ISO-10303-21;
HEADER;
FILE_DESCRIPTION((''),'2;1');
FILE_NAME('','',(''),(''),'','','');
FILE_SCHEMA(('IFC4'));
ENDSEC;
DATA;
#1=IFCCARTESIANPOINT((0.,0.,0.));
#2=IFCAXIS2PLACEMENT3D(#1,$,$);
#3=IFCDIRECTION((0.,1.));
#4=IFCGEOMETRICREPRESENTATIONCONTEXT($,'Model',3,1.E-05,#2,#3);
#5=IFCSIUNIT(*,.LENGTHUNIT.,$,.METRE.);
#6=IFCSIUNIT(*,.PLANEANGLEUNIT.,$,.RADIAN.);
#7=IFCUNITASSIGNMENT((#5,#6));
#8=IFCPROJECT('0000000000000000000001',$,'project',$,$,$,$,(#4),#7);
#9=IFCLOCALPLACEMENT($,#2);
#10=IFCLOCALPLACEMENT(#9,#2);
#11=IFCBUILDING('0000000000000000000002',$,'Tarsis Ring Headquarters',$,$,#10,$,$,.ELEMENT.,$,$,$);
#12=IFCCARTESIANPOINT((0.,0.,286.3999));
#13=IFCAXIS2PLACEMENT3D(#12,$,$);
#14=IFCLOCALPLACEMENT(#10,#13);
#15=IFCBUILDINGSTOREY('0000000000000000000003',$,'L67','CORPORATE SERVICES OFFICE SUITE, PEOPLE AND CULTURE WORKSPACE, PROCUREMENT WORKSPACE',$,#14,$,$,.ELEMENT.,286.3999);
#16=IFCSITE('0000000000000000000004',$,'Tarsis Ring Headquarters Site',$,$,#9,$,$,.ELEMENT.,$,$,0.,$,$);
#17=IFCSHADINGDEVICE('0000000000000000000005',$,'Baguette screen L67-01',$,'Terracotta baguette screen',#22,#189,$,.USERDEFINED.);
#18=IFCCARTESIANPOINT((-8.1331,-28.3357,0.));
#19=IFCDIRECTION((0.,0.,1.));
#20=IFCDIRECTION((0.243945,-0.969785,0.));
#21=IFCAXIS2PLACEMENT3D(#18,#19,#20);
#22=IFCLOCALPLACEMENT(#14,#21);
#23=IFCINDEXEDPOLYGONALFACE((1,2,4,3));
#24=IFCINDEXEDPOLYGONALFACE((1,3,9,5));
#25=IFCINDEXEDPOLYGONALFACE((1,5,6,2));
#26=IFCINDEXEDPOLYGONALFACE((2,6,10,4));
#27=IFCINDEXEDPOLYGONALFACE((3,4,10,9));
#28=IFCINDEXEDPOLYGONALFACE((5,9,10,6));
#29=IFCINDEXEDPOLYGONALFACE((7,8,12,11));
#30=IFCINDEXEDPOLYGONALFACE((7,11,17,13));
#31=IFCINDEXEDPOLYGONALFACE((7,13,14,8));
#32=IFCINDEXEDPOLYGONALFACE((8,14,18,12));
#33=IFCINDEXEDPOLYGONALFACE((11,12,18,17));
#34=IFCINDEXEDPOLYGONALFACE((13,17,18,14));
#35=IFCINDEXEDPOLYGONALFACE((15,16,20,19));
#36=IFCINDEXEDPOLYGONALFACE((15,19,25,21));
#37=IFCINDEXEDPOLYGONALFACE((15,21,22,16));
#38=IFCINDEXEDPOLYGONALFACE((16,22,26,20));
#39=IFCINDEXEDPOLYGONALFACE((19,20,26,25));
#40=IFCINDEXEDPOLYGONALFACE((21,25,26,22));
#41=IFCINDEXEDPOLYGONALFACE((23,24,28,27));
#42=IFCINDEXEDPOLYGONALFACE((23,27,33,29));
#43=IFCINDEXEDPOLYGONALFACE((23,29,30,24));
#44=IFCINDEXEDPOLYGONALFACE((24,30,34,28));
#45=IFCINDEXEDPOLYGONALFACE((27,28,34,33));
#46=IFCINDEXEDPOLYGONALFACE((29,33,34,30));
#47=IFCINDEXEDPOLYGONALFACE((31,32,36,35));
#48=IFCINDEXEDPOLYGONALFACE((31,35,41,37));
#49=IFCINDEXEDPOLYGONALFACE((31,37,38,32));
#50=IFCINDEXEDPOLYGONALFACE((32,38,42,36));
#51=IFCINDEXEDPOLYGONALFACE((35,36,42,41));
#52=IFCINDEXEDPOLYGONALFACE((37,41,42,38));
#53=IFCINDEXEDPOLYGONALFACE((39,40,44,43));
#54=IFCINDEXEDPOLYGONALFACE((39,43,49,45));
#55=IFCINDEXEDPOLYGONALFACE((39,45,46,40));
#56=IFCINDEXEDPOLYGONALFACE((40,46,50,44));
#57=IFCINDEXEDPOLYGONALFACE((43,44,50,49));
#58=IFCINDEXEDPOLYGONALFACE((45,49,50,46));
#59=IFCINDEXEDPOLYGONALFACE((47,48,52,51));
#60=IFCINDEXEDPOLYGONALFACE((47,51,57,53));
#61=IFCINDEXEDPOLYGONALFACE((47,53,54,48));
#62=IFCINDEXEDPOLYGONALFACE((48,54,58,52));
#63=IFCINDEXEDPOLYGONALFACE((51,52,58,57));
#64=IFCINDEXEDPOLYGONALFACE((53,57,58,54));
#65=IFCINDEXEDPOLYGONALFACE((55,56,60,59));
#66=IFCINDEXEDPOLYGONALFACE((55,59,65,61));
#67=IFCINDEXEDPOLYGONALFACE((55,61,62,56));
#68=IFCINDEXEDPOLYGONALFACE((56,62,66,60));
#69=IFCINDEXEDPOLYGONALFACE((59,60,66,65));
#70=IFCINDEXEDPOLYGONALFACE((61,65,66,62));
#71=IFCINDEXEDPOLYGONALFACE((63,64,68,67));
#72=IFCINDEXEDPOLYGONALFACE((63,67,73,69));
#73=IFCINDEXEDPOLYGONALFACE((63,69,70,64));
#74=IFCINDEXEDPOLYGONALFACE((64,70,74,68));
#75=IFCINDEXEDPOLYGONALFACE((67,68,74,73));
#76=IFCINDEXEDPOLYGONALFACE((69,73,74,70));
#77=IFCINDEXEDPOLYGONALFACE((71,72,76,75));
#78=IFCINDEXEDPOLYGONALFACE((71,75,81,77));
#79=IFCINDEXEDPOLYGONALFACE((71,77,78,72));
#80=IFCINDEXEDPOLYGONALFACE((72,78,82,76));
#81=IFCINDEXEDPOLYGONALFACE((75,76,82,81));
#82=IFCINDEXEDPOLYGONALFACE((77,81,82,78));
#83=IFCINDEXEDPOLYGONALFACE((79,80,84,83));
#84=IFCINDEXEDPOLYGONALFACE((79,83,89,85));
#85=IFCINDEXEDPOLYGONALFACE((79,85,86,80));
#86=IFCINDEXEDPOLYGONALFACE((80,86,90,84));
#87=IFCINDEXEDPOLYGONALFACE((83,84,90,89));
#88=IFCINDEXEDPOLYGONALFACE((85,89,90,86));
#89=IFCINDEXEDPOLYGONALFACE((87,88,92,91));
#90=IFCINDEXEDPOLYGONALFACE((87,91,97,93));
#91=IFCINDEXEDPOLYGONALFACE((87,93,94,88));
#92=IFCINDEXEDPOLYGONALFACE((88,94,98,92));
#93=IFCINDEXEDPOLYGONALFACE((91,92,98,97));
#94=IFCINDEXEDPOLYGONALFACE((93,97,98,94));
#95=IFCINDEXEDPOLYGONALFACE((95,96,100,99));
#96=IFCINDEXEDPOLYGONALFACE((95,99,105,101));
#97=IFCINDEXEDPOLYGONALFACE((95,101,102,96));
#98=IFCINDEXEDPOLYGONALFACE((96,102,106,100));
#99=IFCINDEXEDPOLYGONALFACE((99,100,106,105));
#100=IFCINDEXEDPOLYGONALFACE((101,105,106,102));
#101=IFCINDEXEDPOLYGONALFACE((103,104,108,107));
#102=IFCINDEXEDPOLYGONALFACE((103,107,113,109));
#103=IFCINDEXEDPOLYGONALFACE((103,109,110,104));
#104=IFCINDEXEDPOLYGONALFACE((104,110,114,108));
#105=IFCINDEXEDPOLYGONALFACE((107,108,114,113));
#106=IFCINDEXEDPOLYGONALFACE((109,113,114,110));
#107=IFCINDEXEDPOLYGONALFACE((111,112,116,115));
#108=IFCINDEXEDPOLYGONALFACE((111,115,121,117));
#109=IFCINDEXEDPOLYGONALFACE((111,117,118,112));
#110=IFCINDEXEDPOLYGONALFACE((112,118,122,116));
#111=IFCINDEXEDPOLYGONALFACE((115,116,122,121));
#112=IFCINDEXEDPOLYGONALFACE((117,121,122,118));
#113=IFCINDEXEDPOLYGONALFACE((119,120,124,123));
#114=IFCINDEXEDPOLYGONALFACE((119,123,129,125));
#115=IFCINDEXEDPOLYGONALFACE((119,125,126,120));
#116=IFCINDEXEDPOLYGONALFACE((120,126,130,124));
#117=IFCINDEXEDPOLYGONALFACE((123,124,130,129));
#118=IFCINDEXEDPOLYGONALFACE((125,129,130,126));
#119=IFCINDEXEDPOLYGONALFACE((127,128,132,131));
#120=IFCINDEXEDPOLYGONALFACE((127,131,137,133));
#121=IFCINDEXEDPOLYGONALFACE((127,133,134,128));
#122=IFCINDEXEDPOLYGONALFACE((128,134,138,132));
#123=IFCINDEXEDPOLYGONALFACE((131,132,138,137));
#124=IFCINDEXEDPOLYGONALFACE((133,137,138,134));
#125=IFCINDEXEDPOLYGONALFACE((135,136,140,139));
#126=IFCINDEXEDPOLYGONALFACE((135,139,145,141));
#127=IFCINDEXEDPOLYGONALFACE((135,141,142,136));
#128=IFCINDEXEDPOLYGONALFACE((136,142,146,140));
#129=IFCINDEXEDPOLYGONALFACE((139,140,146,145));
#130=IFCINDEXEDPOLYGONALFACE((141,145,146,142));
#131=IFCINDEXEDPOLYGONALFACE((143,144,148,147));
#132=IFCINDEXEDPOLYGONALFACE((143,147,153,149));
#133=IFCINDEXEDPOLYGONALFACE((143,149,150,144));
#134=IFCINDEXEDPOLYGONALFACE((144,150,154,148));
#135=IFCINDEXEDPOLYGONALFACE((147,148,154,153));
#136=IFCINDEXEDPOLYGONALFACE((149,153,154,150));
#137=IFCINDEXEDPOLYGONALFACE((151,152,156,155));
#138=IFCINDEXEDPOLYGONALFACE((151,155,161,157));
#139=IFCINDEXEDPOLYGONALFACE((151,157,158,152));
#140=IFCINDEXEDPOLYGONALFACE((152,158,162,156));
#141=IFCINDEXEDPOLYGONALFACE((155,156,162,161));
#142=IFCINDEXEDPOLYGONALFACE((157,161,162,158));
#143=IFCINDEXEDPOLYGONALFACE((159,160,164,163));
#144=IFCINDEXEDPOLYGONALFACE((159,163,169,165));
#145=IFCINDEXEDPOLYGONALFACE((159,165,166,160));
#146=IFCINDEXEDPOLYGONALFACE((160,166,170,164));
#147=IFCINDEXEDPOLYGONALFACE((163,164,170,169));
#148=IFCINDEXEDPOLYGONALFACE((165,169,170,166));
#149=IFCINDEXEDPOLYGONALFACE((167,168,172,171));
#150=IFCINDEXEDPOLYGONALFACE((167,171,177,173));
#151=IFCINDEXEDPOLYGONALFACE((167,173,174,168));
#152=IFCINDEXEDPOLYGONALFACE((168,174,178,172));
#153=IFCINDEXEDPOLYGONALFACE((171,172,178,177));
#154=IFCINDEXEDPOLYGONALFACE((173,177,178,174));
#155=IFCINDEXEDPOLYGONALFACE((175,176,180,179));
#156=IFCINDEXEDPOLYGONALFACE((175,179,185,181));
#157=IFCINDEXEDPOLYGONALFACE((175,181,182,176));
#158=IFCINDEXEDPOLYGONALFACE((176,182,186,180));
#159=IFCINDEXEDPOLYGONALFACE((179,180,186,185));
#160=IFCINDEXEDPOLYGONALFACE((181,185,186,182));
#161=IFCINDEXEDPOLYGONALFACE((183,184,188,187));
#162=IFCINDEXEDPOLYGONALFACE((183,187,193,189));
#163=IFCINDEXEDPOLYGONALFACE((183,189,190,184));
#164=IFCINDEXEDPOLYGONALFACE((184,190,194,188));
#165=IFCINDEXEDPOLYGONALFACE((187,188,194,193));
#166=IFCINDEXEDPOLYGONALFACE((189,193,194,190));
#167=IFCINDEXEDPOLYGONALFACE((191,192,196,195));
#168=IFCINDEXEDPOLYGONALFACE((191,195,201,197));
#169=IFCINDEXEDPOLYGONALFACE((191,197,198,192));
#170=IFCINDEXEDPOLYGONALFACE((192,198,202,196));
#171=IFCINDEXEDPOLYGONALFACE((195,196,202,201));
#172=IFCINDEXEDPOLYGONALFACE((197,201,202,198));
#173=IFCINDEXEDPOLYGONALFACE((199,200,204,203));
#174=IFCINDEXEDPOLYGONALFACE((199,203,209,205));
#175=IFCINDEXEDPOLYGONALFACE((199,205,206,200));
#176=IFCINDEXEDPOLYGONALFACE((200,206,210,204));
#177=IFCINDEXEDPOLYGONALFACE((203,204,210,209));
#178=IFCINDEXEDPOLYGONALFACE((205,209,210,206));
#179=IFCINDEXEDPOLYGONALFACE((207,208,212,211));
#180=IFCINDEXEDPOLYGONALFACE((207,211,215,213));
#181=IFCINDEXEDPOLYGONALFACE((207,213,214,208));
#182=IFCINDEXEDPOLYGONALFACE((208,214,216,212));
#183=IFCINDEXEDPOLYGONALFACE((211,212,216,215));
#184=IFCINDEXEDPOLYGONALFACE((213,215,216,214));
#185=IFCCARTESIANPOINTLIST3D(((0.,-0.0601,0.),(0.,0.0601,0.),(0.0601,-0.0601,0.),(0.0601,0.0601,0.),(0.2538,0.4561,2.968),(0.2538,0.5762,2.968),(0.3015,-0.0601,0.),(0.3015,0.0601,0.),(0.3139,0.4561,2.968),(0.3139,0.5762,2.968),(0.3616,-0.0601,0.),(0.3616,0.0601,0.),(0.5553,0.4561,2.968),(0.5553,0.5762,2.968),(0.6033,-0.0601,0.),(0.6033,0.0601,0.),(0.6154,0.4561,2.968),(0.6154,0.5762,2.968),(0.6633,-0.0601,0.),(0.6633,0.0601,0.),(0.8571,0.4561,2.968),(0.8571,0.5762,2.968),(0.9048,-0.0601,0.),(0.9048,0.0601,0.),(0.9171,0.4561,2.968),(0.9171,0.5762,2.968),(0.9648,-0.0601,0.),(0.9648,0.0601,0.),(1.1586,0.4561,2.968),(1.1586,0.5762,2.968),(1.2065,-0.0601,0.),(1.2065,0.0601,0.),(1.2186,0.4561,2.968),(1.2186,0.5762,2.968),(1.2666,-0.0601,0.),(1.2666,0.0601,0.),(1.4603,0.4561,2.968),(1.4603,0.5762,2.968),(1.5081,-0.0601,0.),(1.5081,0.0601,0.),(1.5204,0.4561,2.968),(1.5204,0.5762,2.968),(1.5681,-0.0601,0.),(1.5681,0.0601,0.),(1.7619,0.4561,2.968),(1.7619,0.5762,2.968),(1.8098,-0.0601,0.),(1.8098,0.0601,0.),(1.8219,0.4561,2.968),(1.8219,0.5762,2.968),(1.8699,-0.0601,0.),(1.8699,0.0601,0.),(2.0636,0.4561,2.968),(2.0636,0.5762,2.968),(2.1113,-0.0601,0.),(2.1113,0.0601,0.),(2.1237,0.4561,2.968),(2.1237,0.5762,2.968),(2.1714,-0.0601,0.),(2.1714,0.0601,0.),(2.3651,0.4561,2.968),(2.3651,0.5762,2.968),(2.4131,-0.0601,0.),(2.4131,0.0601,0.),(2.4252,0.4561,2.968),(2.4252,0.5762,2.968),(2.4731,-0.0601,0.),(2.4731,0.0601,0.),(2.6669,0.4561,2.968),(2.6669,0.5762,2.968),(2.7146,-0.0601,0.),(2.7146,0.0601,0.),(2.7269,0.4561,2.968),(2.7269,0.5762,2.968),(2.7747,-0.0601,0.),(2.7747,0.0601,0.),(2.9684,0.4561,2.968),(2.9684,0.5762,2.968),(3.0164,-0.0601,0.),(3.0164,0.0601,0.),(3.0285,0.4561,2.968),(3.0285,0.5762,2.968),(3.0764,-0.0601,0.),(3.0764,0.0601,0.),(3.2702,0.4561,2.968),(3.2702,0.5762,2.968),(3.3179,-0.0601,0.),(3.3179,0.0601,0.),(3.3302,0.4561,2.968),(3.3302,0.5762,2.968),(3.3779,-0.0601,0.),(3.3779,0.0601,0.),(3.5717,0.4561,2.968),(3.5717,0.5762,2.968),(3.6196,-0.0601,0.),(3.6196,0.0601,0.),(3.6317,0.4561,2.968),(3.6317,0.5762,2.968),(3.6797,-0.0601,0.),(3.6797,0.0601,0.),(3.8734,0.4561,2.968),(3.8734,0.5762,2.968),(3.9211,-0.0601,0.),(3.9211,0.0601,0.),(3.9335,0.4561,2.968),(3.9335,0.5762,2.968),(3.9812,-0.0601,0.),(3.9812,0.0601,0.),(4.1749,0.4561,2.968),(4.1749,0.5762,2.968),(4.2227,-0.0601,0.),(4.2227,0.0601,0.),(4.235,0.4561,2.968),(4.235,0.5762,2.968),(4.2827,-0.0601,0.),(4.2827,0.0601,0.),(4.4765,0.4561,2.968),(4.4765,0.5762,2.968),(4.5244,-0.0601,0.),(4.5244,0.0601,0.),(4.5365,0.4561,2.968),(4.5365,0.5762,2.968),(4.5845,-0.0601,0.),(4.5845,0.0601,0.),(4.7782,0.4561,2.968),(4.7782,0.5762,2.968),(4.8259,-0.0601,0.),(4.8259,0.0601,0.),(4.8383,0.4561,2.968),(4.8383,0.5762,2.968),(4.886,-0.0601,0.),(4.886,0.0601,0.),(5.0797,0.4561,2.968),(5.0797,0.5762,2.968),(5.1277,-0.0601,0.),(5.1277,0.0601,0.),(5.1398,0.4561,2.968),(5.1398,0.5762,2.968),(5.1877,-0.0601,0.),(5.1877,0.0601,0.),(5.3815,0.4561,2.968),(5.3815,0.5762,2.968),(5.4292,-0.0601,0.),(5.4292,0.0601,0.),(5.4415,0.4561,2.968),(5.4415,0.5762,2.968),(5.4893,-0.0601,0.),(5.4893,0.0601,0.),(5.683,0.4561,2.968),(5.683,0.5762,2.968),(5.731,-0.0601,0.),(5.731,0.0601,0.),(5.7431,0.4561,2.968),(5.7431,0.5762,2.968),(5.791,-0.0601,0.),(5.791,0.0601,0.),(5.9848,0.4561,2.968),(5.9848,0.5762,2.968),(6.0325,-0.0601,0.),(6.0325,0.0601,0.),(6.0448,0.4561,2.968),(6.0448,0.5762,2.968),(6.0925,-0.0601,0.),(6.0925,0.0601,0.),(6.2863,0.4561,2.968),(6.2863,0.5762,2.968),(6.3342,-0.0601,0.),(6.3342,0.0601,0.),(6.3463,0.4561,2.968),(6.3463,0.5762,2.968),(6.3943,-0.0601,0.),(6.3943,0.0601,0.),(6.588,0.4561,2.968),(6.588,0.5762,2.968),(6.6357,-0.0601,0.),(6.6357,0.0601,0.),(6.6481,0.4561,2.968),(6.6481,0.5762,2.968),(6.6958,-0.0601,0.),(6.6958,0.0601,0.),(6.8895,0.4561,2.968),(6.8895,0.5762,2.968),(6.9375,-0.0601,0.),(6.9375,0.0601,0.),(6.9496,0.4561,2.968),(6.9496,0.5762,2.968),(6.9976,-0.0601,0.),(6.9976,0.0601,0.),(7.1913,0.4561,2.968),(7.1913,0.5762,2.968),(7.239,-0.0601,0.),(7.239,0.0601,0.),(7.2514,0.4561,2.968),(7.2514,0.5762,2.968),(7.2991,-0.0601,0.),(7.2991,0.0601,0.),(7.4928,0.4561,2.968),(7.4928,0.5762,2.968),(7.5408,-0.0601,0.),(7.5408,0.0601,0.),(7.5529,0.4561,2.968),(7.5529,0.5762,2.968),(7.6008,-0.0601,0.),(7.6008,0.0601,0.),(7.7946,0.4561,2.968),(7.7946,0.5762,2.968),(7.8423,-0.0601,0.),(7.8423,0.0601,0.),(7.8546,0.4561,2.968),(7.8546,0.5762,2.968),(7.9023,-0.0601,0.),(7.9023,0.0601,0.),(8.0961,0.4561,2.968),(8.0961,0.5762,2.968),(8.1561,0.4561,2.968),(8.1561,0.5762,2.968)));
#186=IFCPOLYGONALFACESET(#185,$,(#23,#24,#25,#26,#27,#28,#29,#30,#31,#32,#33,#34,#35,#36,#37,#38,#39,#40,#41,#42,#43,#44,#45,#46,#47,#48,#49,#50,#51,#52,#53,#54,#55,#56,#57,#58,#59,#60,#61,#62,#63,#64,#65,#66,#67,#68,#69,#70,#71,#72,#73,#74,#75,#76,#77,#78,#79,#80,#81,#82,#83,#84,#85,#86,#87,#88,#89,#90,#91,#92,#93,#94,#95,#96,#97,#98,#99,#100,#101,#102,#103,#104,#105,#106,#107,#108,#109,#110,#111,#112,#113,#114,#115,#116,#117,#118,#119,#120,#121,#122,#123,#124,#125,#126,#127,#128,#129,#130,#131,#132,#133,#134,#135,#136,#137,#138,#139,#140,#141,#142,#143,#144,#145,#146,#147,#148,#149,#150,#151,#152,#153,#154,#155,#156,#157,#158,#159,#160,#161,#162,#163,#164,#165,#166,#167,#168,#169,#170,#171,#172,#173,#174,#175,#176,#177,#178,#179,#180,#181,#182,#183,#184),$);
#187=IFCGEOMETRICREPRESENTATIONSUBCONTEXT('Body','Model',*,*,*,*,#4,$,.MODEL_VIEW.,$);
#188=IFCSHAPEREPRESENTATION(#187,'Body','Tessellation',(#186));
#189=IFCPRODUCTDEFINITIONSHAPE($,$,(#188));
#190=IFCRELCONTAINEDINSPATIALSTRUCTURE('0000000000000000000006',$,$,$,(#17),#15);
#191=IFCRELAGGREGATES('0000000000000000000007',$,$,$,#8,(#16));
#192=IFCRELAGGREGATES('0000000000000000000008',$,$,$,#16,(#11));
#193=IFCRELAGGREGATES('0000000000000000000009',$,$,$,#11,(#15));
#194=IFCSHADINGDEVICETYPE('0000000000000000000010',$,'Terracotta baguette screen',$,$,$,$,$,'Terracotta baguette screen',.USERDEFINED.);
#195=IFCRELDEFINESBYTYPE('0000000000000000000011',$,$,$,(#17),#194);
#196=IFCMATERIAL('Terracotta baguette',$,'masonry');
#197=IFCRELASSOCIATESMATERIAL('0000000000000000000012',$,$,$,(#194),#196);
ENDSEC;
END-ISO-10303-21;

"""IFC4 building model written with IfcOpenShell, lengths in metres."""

from ifc_helpers import new_model, si_unit, direction, frame, frame_2d, origin, place, context, subcontext, project, spatial, rectangle, composite_profile, extrude, material, type_object, element, save


model = new_model("IFC4")

# Units and contexts
model_context = context("Model", 3, precision=1e-05, world=origin(), true_north=direction((0.0, 1.0)))
body_context = subcontext(model_context, "Body", "Model", "MODEL_VIEW")
ifc_project = project(units=[si_unit("LENGTHUNIT", "METRE"), si_unit("PLANEANGLEUNIT", "RADIAN")], contexts=[model_context])

# Site, building, storey
site_placement = place(None, origin())
site = spatial("IfcSite", under=ifc_project, at=site_placement, Name="Tarsis Ring Headquarters Site", CompositionType="ELEMENT", RefElevation=0.0)
building_placement = place(site_placement, origin())
building = spatial("IfcBuilding", under=site, at=building_placement, Name="Tarsis Ring Headquarters", CompositionType="ELEMENT")
storey_placement = place(building_placement, frame((0.0, 0.0, 286.3999)))
storey = spatial("IfcBuildingStorey", under=building, at=storey_placement, Name="L67", Description="CORPORATE SERVICES OFFICE SUITE, PEOPLE AND CULTURE WORKSPACE, PROCUREMENT WORKSPACE", CompositionType="ELEMENT", Elevation=286.3999)

# Shading device
ifc_material_1 = material(Name="Terracotta baguette", Category="masonry")
shading_device_type = type_object("IfcShadingDeviceType", Name="Terracotta baguette screen", ElementType="Terracotta baguette screen", PredefinedType="USERDEFINED", material=ifc_material_1)
shading_device_1_placement = place(storey_placement, frame((-8.1331, -28.3357, 0.0), z_axis=(0.0, 0.0, 1.0), x_axis=(0.243945, -0.969785, 0.0)))
element("IfcShadingDevice", 1, at=shading_device_1_placement, inside=storey, type_object=shading_device_type, Name="Baguette screen L67-01", ObjectType="Terracotta baguette screen", PredefinedType="USERDEFINED", context=body_context, shape_type="SweptSolid", body=[
    extrude(composite_profile([rectangle(XDim=0.0601, YDim=0.1201, at=frame_2d((0.03, 0.0))), rectangle(XDim=0.0601, YDim=0.1201, at=frame_2d((0.3315, 0.0))), rectangle(XDim=0.0601, YDim=0.1201, at=frame_2d((0.6333, 0.0))), rectangle(XDim=0.0601, YDim=0.1201, at=frame_2d((0.9348, 0.0))), rectangle(XDim=0.0601, YDim=0.1201, at=frame_2d((1.2366, 0.0))), rectangle(XDim=0.0601, YDim=0.1201, at=frame_2d((1.5381, 0.0))), rectangle(XDim=0.0601, YDim=0.1201, at=frame_2d((1.8398, 0.0))), rectangle(XDim=0.0601, YDim=0.1201, at=frame_2d((2.1414, 0.0))), rectangle(XDim=0.0601, YDim=0.1201, at=frame_2d((2.4431, 0.0))), rectangle(XDim=0.0601, YDim=0.1201, at=frame_2d((2.7446, 0.0))), rectangle(XDim=0.0601, YDim=0.1201, at=frame_2d((3.0464, 0.0))), rectangle(XDim=0.0601, YDim=0.1201, at=frame_2d((3.3479, 0.0))), rectangle(XDim=0.0601, YDim=0.1201, at=frame_2d((3.6497, 0.0))), rectangle(XDim=0.0601, YDim=0.1201, at=frame_2d((3.9512, 0.0))), rectangle(XDim=0.0601, YDim=0.1201, at=frame_2d((4.2527, 0.0))), rectangle(XDim=0.0601, YDim=0.1201, at=frame_2d((4.5544, 0.0))), rectangle(XDim=0.0601, YDim=0.1201, at=frame_2d((4.856, 0.0))), rectangle(XDim=0.0601, YDim=0.1201, at=frame_2d((5.1577, 0.0))), rectangle(XDim=0.0601, YDim=0.1201, at=frame_2d((5.4592, 0.0))), rectangle(XDim=0.0601, YDim=0.1201, at=frame_2d((5.761, 0.0))), rectangle(XDim=0.0601, YDim=0.1201, at=frame_2d((6.0625, 0.0))), rectangle(XDim=0.0601, YDim=0.1201, at=frame_2d((6.3643, 0.0))), rectangle(XDim=0.0601, YDim=0.1201, at=frame_2d((6.6658, 0.0))), rectangle(XDim=0.0601, YDim=0.1201, at=frame_2d((6.9675, 0.0))), rectangle(XDim=0.0601, YDim=0.1201, at=frame_2d((7.269, 0.0))), rectangle(XDim=0.0601, YDim=0.1201, at=frame_2d((7.5708, 0.0))), rectangle(XDim=0.0601, YDim=0.1201, at=frame_2d((7.8723, 0.0)))]), origin(), (0.083951, 0.170734, 0.981734), 3.0232),
])

save(model, "model.ifc")
